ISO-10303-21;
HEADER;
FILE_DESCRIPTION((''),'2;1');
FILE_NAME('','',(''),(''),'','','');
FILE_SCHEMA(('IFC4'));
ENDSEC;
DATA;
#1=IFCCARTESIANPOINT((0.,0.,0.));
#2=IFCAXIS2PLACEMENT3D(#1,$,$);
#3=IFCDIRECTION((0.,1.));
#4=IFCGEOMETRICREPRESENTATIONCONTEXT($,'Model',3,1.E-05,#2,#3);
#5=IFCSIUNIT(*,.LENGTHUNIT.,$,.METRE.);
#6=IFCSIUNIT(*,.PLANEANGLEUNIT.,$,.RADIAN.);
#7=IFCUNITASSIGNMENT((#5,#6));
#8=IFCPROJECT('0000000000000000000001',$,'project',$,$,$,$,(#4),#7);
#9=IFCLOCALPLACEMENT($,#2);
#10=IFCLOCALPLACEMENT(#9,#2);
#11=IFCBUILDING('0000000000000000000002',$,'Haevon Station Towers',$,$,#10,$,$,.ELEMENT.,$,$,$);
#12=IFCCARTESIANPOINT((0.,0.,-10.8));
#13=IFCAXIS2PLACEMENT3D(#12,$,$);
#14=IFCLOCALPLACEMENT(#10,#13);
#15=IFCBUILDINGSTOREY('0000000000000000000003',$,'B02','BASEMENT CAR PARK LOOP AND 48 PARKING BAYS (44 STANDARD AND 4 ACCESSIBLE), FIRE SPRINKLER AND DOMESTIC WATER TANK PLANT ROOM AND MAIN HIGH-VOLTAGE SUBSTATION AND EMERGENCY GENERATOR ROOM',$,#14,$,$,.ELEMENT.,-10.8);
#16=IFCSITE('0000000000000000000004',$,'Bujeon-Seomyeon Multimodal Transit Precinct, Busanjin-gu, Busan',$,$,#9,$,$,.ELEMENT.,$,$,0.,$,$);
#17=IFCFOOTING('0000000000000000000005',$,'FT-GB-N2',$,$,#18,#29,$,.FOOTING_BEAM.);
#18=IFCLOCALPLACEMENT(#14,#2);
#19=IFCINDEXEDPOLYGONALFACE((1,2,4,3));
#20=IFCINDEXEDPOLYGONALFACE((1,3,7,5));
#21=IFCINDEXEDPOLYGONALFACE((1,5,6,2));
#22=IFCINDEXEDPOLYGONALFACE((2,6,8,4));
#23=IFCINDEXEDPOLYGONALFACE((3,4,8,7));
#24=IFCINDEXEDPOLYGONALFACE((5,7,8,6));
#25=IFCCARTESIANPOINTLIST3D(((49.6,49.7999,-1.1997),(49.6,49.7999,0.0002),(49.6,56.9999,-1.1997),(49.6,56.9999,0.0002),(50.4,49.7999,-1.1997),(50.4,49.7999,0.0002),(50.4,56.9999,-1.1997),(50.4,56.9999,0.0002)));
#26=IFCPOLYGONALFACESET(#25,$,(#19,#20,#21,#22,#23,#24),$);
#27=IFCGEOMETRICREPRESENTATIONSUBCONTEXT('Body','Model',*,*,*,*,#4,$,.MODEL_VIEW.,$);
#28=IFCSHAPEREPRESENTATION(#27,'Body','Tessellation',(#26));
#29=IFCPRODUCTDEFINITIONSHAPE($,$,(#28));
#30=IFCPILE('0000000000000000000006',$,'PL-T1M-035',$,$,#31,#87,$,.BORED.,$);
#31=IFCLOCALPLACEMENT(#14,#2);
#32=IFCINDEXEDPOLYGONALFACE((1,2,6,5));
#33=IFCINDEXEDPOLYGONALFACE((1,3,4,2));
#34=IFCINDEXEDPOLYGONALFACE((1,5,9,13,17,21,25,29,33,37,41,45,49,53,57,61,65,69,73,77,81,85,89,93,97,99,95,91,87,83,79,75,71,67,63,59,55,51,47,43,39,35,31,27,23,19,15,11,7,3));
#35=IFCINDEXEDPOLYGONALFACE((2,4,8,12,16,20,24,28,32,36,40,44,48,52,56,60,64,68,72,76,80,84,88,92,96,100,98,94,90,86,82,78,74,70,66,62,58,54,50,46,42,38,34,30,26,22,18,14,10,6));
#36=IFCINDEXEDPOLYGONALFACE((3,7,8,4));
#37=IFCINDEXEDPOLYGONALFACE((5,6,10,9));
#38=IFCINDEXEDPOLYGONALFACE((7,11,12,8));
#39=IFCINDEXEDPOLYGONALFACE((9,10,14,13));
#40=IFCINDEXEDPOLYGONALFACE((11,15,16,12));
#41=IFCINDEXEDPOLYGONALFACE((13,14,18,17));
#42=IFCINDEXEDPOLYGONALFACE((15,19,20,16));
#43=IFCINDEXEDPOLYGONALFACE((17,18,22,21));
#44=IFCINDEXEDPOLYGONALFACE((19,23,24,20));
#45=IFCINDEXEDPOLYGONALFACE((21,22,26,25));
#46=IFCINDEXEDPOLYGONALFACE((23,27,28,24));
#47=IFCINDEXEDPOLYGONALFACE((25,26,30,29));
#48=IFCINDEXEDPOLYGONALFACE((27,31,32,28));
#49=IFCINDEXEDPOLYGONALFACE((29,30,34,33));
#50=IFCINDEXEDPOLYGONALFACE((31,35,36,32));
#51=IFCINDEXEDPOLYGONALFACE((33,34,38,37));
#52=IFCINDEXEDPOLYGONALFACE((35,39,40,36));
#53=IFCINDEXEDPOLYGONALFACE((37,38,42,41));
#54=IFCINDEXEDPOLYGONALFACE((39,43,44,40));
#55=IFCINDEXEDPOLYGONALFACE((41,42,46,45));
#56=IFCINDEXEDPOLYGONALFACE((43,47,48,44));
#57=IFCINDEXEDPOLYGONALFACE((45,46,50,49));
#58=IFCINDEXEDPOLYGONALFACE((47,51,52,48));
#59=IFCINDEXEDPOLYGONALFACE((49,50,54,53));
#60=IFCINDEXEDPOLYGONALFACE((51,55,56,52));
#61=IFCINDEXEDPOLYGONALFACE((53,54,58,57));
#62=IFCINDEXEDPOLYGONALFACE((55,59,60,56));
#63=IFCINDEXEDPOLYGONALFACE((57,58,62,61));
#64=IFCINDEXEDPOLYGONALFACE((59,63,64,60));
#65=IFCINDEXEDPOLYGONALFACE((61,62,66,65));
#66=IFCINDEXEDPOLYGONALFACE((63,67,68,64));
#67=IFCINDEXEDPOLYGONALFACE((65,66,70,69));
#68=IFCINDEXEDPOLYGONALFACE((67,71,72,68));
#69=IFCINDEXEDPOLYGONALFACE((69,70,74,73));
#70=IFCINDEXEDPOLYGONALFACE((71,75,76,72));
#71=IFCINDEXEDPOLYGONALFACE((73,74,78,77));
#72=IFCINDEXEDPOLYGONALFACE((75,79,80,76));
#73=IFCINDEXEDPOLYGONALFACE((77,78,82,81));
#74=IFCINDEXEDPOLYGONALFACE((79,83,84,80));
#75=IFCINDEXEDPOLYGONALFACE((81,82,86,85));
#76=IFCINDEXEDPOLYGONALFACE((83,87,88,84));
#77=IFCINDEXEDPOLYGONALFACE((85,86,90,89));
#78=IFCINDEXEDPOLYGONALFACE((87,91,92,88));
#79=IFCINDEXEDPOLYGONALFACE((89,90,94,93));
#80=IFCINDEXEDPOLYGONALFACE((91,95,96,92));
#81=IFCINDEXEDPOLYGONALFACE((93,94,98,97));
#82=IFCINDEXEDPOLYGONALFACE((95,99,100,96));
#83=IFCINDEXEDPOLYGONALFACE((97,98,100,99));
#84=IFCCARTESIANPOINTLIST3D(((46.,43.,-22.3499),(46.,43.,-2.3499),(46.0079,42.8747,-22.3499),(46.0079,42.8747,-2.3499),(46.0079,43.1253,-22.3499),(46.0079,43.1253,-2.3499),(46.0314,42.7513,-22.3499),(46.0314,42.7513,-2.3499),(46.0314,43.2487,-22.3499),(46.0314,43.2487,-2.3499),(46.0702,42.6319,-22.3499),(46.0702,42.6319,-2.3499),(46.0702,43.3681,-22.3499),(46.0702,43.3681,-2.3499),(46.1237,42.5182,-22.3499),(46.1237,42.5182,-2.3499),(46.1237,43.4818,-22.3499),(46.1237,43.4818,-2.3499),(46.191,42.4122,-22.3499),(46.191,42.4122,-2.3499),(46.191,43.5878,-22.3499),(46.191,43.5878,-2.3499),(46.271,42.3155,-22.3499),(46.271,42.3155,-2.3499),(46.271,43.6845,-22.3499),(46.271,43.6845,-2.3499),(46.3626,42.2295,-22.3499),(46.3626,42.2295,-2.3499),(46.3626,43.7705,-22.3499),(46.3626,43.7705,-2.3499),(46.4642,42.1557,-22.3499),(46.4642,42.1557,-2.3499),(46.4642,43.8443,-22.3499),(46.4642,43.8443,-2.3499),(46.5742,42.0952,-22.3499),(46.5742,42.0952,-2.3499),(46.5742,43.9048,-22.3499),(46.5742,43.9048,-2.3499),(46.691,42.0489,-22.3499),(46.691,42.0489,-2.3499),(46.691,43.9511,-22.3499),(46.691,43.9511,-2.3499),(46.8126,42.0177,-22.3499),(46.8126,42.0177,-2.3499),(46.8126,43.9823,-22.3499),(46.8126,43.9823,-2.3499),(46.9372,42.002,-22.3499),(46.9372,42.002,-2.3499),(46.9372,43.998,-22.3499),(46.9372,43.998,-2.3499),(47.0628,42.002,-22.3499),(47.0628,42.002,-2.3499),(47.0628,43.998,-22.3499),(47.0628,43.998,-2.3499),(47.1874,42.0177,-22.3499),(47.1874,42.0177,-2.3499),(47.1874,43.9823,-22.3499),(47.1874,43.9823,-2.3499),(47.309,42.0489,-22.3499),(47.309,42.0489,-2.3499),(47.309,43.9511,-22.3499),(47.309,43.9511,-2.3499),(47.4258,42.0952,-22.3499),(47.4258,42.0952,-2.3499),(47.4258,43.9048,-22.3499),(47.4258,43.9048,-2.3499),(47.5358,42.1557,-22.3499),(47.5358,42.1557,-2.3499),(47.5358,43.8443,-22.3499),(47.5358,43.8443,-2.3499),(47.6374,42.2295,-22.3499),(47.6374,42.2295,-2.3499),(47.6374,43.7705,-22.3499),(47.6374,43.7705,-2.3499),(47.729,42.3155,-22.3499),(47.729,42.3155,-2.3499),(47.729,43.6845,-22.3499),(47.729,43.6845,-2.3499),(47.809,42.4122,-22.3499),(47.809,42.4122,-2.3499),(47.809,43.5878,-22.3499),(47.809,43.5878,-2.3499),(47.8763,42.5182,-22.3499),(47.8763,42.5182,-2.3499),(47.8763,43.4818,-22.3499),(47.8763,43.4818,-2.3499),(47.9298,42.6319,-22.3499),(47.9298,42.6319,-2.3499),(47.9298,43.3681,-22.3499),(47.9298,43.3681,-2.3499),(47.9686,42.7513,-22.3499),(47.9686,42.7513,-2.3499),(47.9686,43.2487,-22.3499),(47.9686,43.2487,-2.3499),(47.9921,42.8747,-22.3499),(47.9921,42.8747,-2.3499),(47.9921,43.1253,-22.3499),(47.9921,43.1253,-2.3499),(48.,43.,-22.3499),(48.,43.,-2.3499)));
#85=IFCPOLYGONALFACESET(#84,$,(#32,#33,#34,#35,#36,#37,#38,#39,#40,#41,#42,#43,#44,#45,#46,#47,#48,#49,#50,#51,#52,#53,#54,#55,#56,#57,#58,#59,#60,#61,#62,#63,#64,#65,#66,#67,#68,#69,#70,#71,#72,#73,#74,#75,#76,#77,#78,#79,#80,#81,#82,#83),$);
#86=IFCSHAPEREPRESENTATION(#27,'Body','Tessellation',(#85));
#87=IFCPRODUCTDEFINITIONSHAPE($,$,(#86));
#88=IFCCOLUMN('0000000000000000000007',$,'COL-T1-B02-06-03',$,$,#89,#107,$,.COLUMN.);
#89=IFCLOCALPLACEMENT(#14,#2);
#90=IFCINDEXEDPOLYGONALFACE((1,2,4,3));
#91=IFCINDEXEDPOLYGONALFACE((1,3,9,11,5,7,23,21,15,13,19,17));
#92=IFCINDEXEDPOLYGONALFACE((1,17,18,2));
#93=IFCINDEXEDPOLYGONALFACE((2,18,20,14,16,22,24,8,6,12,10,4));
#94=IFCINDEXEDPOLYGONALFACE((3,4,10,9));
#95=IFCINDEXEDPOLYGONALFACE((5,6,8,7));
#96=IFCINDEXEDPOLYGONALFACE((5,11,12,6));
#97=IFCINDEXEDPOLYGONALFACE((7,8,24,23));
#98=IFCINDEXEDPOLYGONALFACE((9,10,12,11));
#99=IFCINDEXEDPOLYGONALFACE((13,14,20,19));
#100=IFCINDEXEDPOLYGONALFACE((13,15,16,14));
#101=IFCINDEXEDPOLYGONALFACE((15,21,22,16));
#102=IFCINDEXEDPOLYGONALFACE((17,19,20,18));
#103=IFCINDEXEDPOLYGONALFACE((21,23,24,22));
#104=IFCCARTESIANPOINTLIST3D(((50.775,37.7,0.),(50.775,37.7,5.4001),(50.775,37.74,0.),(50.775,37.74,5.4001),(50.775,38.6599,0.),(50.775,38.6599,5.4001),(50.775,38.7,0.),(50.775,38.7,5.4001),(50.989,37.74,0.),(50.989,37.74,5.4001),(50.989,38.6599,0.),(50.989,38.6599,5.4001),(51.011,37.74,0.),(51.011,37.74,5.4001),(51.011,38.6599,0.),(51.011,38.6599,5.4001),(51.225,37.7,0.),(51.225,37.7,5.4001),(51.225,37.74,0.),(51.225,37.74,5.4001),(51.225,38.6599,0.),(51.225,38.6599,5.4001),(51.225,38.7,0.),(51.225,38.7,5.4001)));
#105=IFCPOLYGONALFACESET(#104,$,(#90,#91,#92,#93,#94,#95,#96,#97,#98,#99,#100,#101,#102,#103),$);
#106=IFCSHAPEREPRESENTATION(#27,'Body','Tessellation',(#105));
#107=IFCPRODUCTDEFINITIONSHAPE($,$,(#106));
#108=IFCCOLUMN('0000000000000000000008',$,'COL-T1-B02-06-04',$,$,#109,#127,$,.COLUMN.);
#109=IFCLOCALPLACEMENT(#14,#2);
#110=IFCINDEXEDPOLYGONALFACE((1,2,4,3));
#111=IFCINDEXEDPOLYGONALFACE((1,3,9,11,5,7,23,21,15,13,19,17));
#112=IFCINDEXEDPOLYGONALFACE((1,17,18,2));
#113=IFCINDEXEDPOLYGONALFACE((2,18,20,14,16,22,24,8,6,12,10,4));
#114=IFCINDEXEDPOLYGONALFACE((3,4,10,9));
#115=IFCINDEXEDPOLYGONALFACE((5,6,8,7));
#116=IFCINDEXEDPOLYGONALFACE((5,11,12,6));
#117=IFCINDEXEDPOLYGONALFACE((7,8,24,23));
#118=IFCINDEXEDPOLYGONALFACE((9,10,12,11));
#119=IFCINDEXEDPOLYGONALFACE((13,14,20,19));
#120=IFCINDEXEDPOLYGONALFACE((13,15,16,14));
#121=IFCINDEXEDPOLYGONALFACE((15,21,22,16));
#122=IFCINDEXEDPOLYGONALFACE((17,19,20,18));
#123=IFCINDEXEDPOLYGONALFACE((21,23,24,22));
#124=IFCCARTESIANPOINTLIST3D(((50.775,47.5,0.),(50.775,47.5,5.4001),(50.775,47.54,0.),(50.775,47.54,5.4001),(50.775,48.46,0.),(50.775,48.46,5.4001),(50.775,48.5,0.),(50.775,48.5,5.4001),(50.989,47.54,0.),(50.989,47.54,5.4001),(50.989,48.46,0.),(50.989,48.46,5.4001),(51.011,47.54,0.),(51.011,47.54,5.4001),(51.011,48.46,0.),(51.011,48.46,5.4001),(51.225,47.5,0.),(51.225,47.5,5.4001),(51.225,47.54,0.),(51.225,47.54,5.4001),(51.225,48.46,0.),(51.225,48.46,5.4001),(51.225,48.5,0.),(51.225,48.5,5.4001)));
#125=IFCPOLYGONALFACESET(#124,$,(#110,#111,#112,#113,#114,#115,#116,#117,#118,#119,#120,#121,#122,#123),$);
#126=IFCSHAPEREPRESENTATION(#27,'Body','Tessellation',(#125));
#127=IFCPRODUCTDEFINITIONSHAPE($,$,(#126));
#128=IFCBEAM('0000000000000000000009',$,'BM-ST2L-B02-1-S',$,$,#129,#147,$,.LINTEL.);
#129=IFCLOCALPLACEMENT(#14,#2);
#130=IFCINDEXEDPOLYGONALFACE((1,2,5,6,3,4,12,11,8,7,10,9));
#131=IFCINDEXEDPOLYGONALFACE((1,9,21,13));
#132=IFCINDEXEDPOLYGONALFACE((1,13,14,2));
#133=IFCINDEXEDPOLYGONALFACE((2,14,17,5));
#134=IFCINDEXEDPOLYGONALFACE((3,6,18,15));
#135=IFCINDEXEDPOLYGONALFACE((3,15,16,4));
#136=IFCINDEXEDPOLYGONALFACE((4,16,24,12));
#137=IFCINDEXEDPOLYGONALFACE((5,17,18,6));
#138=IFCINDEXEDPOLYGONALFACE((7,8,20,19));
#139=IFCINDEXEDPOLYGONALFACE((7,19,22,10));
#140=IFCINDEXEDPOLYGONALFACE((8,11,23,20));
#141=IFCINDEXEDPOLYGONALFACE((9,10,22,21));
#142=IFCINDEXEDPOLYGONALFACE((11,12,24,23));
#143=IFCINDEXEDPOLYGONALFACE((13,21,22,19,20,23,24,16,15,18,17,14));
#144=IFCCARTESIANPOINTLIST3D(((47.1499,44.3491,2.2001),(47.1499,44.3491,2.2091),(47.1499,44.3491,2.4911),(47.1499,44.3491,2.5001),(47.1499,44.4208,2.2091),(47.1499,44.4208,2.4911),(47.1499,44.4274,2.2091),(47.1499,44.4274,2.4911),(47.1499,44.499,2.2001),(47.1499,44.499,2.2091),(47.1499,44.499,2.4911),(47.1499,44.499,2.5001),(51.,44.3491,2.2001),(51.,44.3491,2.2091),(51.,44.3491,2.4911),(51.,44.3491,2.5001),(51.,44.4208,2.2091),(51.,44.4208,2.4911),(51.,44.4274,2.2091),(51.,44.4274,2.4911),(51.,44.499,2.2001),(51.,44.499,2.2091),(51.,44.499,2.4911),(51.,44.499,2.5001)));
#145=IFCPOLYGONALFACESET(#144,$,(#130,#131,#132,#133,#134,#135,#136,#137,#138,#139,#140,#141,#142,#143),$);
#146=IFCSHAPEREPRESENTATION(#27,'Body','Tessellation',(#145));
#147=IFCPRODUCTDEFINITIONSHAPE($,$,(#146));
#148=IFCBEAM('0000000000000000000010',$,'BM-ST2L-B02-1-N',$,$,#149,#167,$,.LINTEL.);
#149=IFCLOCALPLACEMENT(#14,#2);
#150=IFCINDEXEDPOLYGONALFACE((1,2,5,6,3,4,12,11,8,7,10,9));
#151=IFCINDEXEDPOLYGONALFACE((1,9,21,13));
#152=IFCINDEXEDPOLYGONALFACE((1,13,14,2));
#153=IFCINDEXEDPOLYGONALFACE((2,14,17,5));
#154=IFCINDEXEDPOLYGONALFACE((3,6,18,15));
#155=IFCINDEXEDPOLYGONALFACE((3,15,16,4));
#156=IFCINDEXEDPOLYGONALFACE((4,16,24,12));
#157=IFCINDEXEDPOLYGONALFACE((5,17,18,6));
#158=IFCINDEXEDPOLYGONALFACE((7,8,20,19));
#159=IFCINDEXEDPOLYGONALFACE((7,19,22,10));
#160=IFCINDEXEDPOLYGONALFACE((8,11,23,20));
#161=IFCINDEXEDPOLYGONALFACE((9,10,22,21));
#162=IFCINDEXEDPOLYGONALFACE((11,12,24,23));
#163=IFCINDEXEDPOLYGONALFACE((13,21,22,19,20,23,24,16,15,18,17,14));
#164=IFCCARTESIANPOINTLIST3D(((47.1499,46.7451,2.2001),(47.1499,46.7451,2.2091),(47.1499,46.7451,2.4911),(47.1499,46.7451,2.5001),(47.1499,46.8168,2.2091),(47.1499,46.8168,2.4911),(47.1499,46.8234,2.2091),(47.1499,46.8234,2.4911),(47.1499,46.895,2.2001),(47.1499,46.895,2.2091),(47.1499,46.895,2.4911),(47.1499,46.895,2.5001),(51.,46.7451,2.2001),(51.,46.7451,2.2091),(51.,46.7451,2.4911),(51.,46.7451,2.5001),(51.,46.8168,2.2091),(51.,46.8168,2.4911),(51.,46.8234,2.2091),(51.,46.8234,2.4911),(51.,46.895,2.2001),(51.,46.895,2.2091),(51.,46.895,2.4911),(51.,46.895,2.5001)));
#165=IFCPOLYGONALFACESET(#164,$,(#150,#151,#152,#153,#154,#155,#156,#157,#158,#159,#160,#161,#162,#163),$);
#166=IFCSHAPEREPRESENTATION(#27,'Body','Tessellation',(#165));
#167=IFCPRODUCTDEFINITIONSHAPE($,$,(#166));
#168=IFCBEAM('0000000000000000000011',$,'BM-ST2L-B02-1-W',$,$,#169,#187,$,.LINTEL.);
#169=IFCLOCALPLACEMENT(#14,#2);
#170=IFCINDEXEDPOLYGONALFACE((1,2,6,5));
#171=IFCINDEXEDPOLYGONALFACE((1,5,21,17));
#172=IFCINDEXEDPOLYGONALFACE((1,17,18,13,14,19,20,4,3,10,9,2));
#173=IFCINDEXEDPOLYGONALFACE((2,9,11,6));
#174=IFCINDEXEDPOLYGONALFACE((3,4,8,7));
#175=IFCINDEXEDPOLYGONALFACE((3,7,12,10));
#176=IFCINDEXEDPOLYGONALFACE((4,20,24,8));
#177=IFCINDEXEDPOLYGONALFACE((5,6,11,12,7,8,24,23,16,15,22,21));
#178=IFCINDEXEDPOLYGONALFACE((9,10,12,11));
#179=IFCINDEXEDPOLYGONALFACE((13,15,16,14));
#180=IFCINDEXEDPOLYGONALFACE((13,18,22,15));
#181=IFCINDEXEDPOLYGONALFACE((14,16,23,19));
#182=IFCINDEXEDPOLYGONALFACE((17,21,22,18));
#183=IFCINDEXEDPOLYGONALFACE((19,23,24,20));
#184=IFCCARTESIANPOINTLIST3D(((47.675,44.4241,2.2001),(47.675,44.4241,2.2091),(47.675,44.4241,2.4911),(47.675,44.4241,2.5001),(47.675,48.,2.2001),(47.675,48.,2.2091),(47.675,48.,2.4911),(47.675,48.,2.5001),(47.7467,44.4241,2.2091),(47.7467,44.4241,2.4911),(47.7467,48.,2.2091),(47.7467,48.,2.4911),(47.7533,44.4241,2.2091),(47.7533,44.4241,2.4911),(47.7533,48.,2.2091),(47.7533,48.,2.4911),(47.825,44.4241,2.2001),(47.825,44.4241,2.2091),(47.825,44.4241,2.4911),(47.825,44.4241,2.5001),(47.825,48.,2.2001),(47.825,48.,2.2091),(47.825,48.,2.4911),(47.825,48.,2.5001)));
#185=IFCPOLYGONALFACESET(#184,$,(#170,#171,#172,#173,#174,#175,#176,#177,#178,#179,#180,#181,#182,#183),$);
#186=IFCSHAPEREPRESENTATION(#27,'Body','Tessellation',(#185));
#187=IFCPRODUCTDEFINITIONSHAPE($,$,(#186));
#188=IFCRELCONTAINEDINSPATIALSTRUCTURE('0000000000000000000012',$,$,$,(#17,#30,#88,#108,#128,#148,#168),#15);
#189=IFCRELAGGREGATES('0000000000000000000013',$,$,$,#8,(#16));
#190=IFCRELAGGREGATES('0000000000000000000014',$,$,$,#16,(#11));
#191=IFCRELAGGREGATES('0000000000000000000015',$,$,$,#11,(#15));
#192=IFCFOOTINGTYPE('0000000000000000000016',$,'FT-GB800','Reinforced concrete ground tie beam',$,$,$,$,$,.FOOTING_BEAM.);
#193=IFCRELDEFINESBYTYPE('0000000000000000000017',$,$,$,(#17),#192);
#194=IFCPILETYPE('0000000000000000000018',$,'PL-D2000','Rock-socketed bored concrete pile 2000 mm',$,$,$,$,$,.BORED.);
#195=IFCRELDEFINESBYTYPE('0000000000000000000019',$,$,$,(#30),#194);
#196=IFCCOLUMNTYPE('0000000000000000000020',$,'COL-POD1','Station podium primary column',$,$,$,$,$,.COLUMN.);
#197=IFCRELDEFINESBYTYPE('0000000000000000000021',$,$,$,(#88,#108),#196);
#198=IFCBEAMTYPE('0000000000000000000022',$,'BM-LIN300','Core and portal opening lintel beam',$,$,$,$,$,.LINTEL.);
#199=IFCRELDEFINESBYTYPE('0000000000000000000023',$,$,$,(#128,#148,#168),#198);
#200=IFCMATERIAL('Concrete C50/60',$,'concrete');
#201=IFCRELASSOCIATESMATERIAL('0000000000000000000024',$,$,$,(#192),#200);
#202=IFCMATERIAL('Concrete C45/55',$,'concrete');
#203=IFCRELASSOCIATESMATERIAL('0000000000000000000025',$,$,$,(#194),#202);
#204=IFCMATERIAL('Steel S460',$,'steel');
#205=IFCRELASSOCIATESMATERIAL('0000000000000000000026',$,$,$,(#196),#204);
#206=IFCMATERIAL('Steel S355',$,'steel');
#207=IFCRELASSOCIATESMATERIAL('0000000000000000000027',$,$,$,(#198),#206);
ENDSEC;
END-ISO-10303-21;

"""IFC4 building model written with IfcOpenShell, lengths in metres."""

from ifc_helpers import new_model, si_unit, direction, frame, origin, origin_2d, place, context, subcontext, project, spatial, rectangle, circle, i_section, extrude, material, material_profile, profile_set, type_object, element, save


model = new_model("IFC4")

# Units and contexts
model_context = context("Model", 3, precision=1e-05, world=origin(), true_north=direction((0.0, 1.0)))
body_context = subcontext(model_context, "Body", "Model", "MODEL_VIEW")
ifc_project = project(units=[si_unit("LENGTHUNIT", "METRE"), si_unit("PLANEANGLEUNIT", "RADIAN")], contexts=[model_context])

# Site, building, storey
site_placement = place(None, origin())
site = spatial("IfcSite", under=ifc_project, at=site_placement, Name="Bujeon-Seomyeon Multimodal Transit Precinct, Busanjin-gu, Busan", CompositionType="ELEMENT", RefElevation=0.0)
building_placement = place(site_placement, origin())
building = spatial("IfcBuilding", under=site, at=building_placement, Name="Haevon Station Towers", CompositionType="ELEMENT")
storey_placement = place(building_placement, frame((0.0, 0.0, -10.8)))
storey = spatial("IfcBuildingStorey", under=building, at=storey_placement, Name="B02", Description="BASEMENT CAR PARK LOOP AND 48 PARKING BAYS (44 STANDARD AND 4 ACCESSIBLE), FIRE SPRINKLER AND DOMESTIC WATER TANK PLANT ROOM AND MAIN HIGH-VOLTAGE SUBSTATION AND EMERGENCY GENERATOR ROOM", CompositionType="ELEMENT", Elevation=-10.8)

# Footing
ifc_material_1 = material(Name="Concrete C50/60", Category="concrete")
footing_type = type_object("IfcFootingType", Name="FT-GB800", Description="Reinforced concrete ground tie beam", PredefinedType="FOOTING_BEAM", material=ifc_material_1)
footing_placement = place(storey_placement, frame((50.0, 53.3999, -1.1997), z_axis=(0.0, 0.0, 1.0), x_axis=(0.0, 1.0, 0.0)))
element("IfcFooting", 1, at=footing_placement, inside=storey, type_object=footing_type, Name="FT-GB-N2", PredefinedType="FOOTING_BEAM", context=body_context, shape_type="SweptSolid", body=[
    extrude(rectangle(XDim=7.2, YDim=0.8, at=origin_2d()), origin(), (0.0, 0.0, 1.0), 1.2),
])

# Pile
ifc_material_2 = material(Name="Concrete C45/55", Category="concrete")
ifc_material_profile_1 = material_profile(ifc_material_2, circle(Radius=1.0, at=origin_2d()), Name="PILE-D2000")
ifc_profile_set_1 = profile_set([ifc_material_profile_1], Name="Concrete C45/55")
pile_type = type_object("IfcPileType", Name="PL-D2000", Description="Rock-socketed bored concrete pile 2000 mm", PredefinedType="BORED", material=ifc_profile_set_1)
pile_placement = place(storey_placement, frame((47.0, 43.0, -2.3499), z_axis=(0.0, 0.0, -1.0), x_axis=(1.0, 0.0, 0.0)))
element("IfcPile", 2, at=pile_placement, inside=storey, type_object=pile_type, Name="PL-T1M-035", PredefinedType="BORED", context=body_context, shape_type="SweptSolid", body=[
    extrude(circle(Radius=1.0, at=origin_2d()), origin(), (0.0, 0.0, 1.0), 20.0),
])

# Columns
ifc_material_3 = material(Name="Steel S460", Category="steel")
ifc_material_profile_2 = material_profile(ifc_material_3, i_section(OverallWidth=0.45, OverallDepth=1.0, WebThickness=0.022, FlangeThickness=0.04, at=origin_2d()), Name="H-1000x450x22x40")
ifc_profile_set_2 = profile_set([ifc_material_profile_2], Name="Steel S460")
column_type = type_object("IfcColumnType", Name="COL-POD1", Description="Station podium primary column", PredefinedType="COLUMN", material=ifc_profile_set_2)
for number, where, z_axis, x_axis, name in (
    (3, (51.0, 38.2, 0.0), (0.0, 0.0, 1.0), (1.0, 0.0, 0.0), "COL-T1-B02-06-03"),
    (4, (51.0, 48.0, 0.0), (0.0, 0.0, 1.0), (1.0, 0.0, 0.0), "COL-T1-B02-06-04"),
):
    element("IfcColumn", number, at=place(storey_placement, frame(where, z_axis=z_axis, x_axis=x_axis)), inside=storey, type_object=column_type, Name=name, PredefinedType="COLUMN", context=body_context, shape_type="SweptSolid", body=[
        extrude(i_section(OverallWidth=0.45, OverallDepth=1.0, WebThickness=0.022, FlangeThickness=0.04, at=origin_2d()), origin(), (0.0, 0.0, 1.0), 5.4001),
    ])

# Beams
ifc_material_4 = material(Name="Steel S355", Category="steel")
ifc_material_profile_3 = material_profile(ifc_material_4, i_section(OverallWidth=0.1499, OverallDepth=0.3, WebThickness=0.0066, FlangeThickness=0.009, at=origin_2d()), Name="H-300x150x6.5x9")
ifc_profile_set_3 = profile_set([ifc_material_profile_3], Name="Steel S355")
beam_type_1 = type_object("IfcBeamType", Name="BM-LIN300", Description="Core and portal opening lintel beam", PredefinedType="LINTEL", material=ifc_profile_set_3)
for number, where, z_axis, x_axis, name in (
    (5, (47.1499, 44.4241, 2.3501), (1.0, 0.0, 0.0), (0.0, 1.0, 0.0), "BM-ST2L-B02-1-S"),
    (6, (47.1499, 46.8201, 2.3501), (1.0, 0.0, 0.0), (0.0, 1.0, 0.0), "BM-ST2L-B02-1-N"),
):
    element("IfcBeam", number, at=place(storey_placement, frame(where, z_axis=z_axis, x_axis=x_axis)), inside=storey, type_object=beam_type_1, Name=name, PredefinedType="LINTEL", context=body_context, shape_type="SweptSolid", body=[
        extrude(i_section(OverallWidth=0.1499, OverallDepth=0.3, WebThickness=0.0066, FlangeThickness=0.009, at=origin_2d()), origin(), (0.0, 0.0, 1.0), 3.8501),
    ])
for number, where, z_axis, x_axis, name in (
    (7, (47.75, 44.4241, 2.3501), (0.0, 1.0, 0.0), (-1.0, 0.0, 0.0), "BM-ST2L-B02-1-W"),
):
    element("IfcBeam", number, at=place(storey_placement, frame(where, z_axis=z_axis, x_axis=x_axis)), inside=storey, type_object=beam_type_1, Name=name, PredefinedType="LINTEL", context=body_context, shape_type="SweptSolid", body=[
        extrude(i_section(OverallWidth=0.1499, OverallDepth=0.3, WebThickness=0.0066, FlangeThickness=0.009, at=origin_2d()), origin(), (0.0, 0.0, 1.0), 3.5759),
    ])

save(model, "model.ifc")
